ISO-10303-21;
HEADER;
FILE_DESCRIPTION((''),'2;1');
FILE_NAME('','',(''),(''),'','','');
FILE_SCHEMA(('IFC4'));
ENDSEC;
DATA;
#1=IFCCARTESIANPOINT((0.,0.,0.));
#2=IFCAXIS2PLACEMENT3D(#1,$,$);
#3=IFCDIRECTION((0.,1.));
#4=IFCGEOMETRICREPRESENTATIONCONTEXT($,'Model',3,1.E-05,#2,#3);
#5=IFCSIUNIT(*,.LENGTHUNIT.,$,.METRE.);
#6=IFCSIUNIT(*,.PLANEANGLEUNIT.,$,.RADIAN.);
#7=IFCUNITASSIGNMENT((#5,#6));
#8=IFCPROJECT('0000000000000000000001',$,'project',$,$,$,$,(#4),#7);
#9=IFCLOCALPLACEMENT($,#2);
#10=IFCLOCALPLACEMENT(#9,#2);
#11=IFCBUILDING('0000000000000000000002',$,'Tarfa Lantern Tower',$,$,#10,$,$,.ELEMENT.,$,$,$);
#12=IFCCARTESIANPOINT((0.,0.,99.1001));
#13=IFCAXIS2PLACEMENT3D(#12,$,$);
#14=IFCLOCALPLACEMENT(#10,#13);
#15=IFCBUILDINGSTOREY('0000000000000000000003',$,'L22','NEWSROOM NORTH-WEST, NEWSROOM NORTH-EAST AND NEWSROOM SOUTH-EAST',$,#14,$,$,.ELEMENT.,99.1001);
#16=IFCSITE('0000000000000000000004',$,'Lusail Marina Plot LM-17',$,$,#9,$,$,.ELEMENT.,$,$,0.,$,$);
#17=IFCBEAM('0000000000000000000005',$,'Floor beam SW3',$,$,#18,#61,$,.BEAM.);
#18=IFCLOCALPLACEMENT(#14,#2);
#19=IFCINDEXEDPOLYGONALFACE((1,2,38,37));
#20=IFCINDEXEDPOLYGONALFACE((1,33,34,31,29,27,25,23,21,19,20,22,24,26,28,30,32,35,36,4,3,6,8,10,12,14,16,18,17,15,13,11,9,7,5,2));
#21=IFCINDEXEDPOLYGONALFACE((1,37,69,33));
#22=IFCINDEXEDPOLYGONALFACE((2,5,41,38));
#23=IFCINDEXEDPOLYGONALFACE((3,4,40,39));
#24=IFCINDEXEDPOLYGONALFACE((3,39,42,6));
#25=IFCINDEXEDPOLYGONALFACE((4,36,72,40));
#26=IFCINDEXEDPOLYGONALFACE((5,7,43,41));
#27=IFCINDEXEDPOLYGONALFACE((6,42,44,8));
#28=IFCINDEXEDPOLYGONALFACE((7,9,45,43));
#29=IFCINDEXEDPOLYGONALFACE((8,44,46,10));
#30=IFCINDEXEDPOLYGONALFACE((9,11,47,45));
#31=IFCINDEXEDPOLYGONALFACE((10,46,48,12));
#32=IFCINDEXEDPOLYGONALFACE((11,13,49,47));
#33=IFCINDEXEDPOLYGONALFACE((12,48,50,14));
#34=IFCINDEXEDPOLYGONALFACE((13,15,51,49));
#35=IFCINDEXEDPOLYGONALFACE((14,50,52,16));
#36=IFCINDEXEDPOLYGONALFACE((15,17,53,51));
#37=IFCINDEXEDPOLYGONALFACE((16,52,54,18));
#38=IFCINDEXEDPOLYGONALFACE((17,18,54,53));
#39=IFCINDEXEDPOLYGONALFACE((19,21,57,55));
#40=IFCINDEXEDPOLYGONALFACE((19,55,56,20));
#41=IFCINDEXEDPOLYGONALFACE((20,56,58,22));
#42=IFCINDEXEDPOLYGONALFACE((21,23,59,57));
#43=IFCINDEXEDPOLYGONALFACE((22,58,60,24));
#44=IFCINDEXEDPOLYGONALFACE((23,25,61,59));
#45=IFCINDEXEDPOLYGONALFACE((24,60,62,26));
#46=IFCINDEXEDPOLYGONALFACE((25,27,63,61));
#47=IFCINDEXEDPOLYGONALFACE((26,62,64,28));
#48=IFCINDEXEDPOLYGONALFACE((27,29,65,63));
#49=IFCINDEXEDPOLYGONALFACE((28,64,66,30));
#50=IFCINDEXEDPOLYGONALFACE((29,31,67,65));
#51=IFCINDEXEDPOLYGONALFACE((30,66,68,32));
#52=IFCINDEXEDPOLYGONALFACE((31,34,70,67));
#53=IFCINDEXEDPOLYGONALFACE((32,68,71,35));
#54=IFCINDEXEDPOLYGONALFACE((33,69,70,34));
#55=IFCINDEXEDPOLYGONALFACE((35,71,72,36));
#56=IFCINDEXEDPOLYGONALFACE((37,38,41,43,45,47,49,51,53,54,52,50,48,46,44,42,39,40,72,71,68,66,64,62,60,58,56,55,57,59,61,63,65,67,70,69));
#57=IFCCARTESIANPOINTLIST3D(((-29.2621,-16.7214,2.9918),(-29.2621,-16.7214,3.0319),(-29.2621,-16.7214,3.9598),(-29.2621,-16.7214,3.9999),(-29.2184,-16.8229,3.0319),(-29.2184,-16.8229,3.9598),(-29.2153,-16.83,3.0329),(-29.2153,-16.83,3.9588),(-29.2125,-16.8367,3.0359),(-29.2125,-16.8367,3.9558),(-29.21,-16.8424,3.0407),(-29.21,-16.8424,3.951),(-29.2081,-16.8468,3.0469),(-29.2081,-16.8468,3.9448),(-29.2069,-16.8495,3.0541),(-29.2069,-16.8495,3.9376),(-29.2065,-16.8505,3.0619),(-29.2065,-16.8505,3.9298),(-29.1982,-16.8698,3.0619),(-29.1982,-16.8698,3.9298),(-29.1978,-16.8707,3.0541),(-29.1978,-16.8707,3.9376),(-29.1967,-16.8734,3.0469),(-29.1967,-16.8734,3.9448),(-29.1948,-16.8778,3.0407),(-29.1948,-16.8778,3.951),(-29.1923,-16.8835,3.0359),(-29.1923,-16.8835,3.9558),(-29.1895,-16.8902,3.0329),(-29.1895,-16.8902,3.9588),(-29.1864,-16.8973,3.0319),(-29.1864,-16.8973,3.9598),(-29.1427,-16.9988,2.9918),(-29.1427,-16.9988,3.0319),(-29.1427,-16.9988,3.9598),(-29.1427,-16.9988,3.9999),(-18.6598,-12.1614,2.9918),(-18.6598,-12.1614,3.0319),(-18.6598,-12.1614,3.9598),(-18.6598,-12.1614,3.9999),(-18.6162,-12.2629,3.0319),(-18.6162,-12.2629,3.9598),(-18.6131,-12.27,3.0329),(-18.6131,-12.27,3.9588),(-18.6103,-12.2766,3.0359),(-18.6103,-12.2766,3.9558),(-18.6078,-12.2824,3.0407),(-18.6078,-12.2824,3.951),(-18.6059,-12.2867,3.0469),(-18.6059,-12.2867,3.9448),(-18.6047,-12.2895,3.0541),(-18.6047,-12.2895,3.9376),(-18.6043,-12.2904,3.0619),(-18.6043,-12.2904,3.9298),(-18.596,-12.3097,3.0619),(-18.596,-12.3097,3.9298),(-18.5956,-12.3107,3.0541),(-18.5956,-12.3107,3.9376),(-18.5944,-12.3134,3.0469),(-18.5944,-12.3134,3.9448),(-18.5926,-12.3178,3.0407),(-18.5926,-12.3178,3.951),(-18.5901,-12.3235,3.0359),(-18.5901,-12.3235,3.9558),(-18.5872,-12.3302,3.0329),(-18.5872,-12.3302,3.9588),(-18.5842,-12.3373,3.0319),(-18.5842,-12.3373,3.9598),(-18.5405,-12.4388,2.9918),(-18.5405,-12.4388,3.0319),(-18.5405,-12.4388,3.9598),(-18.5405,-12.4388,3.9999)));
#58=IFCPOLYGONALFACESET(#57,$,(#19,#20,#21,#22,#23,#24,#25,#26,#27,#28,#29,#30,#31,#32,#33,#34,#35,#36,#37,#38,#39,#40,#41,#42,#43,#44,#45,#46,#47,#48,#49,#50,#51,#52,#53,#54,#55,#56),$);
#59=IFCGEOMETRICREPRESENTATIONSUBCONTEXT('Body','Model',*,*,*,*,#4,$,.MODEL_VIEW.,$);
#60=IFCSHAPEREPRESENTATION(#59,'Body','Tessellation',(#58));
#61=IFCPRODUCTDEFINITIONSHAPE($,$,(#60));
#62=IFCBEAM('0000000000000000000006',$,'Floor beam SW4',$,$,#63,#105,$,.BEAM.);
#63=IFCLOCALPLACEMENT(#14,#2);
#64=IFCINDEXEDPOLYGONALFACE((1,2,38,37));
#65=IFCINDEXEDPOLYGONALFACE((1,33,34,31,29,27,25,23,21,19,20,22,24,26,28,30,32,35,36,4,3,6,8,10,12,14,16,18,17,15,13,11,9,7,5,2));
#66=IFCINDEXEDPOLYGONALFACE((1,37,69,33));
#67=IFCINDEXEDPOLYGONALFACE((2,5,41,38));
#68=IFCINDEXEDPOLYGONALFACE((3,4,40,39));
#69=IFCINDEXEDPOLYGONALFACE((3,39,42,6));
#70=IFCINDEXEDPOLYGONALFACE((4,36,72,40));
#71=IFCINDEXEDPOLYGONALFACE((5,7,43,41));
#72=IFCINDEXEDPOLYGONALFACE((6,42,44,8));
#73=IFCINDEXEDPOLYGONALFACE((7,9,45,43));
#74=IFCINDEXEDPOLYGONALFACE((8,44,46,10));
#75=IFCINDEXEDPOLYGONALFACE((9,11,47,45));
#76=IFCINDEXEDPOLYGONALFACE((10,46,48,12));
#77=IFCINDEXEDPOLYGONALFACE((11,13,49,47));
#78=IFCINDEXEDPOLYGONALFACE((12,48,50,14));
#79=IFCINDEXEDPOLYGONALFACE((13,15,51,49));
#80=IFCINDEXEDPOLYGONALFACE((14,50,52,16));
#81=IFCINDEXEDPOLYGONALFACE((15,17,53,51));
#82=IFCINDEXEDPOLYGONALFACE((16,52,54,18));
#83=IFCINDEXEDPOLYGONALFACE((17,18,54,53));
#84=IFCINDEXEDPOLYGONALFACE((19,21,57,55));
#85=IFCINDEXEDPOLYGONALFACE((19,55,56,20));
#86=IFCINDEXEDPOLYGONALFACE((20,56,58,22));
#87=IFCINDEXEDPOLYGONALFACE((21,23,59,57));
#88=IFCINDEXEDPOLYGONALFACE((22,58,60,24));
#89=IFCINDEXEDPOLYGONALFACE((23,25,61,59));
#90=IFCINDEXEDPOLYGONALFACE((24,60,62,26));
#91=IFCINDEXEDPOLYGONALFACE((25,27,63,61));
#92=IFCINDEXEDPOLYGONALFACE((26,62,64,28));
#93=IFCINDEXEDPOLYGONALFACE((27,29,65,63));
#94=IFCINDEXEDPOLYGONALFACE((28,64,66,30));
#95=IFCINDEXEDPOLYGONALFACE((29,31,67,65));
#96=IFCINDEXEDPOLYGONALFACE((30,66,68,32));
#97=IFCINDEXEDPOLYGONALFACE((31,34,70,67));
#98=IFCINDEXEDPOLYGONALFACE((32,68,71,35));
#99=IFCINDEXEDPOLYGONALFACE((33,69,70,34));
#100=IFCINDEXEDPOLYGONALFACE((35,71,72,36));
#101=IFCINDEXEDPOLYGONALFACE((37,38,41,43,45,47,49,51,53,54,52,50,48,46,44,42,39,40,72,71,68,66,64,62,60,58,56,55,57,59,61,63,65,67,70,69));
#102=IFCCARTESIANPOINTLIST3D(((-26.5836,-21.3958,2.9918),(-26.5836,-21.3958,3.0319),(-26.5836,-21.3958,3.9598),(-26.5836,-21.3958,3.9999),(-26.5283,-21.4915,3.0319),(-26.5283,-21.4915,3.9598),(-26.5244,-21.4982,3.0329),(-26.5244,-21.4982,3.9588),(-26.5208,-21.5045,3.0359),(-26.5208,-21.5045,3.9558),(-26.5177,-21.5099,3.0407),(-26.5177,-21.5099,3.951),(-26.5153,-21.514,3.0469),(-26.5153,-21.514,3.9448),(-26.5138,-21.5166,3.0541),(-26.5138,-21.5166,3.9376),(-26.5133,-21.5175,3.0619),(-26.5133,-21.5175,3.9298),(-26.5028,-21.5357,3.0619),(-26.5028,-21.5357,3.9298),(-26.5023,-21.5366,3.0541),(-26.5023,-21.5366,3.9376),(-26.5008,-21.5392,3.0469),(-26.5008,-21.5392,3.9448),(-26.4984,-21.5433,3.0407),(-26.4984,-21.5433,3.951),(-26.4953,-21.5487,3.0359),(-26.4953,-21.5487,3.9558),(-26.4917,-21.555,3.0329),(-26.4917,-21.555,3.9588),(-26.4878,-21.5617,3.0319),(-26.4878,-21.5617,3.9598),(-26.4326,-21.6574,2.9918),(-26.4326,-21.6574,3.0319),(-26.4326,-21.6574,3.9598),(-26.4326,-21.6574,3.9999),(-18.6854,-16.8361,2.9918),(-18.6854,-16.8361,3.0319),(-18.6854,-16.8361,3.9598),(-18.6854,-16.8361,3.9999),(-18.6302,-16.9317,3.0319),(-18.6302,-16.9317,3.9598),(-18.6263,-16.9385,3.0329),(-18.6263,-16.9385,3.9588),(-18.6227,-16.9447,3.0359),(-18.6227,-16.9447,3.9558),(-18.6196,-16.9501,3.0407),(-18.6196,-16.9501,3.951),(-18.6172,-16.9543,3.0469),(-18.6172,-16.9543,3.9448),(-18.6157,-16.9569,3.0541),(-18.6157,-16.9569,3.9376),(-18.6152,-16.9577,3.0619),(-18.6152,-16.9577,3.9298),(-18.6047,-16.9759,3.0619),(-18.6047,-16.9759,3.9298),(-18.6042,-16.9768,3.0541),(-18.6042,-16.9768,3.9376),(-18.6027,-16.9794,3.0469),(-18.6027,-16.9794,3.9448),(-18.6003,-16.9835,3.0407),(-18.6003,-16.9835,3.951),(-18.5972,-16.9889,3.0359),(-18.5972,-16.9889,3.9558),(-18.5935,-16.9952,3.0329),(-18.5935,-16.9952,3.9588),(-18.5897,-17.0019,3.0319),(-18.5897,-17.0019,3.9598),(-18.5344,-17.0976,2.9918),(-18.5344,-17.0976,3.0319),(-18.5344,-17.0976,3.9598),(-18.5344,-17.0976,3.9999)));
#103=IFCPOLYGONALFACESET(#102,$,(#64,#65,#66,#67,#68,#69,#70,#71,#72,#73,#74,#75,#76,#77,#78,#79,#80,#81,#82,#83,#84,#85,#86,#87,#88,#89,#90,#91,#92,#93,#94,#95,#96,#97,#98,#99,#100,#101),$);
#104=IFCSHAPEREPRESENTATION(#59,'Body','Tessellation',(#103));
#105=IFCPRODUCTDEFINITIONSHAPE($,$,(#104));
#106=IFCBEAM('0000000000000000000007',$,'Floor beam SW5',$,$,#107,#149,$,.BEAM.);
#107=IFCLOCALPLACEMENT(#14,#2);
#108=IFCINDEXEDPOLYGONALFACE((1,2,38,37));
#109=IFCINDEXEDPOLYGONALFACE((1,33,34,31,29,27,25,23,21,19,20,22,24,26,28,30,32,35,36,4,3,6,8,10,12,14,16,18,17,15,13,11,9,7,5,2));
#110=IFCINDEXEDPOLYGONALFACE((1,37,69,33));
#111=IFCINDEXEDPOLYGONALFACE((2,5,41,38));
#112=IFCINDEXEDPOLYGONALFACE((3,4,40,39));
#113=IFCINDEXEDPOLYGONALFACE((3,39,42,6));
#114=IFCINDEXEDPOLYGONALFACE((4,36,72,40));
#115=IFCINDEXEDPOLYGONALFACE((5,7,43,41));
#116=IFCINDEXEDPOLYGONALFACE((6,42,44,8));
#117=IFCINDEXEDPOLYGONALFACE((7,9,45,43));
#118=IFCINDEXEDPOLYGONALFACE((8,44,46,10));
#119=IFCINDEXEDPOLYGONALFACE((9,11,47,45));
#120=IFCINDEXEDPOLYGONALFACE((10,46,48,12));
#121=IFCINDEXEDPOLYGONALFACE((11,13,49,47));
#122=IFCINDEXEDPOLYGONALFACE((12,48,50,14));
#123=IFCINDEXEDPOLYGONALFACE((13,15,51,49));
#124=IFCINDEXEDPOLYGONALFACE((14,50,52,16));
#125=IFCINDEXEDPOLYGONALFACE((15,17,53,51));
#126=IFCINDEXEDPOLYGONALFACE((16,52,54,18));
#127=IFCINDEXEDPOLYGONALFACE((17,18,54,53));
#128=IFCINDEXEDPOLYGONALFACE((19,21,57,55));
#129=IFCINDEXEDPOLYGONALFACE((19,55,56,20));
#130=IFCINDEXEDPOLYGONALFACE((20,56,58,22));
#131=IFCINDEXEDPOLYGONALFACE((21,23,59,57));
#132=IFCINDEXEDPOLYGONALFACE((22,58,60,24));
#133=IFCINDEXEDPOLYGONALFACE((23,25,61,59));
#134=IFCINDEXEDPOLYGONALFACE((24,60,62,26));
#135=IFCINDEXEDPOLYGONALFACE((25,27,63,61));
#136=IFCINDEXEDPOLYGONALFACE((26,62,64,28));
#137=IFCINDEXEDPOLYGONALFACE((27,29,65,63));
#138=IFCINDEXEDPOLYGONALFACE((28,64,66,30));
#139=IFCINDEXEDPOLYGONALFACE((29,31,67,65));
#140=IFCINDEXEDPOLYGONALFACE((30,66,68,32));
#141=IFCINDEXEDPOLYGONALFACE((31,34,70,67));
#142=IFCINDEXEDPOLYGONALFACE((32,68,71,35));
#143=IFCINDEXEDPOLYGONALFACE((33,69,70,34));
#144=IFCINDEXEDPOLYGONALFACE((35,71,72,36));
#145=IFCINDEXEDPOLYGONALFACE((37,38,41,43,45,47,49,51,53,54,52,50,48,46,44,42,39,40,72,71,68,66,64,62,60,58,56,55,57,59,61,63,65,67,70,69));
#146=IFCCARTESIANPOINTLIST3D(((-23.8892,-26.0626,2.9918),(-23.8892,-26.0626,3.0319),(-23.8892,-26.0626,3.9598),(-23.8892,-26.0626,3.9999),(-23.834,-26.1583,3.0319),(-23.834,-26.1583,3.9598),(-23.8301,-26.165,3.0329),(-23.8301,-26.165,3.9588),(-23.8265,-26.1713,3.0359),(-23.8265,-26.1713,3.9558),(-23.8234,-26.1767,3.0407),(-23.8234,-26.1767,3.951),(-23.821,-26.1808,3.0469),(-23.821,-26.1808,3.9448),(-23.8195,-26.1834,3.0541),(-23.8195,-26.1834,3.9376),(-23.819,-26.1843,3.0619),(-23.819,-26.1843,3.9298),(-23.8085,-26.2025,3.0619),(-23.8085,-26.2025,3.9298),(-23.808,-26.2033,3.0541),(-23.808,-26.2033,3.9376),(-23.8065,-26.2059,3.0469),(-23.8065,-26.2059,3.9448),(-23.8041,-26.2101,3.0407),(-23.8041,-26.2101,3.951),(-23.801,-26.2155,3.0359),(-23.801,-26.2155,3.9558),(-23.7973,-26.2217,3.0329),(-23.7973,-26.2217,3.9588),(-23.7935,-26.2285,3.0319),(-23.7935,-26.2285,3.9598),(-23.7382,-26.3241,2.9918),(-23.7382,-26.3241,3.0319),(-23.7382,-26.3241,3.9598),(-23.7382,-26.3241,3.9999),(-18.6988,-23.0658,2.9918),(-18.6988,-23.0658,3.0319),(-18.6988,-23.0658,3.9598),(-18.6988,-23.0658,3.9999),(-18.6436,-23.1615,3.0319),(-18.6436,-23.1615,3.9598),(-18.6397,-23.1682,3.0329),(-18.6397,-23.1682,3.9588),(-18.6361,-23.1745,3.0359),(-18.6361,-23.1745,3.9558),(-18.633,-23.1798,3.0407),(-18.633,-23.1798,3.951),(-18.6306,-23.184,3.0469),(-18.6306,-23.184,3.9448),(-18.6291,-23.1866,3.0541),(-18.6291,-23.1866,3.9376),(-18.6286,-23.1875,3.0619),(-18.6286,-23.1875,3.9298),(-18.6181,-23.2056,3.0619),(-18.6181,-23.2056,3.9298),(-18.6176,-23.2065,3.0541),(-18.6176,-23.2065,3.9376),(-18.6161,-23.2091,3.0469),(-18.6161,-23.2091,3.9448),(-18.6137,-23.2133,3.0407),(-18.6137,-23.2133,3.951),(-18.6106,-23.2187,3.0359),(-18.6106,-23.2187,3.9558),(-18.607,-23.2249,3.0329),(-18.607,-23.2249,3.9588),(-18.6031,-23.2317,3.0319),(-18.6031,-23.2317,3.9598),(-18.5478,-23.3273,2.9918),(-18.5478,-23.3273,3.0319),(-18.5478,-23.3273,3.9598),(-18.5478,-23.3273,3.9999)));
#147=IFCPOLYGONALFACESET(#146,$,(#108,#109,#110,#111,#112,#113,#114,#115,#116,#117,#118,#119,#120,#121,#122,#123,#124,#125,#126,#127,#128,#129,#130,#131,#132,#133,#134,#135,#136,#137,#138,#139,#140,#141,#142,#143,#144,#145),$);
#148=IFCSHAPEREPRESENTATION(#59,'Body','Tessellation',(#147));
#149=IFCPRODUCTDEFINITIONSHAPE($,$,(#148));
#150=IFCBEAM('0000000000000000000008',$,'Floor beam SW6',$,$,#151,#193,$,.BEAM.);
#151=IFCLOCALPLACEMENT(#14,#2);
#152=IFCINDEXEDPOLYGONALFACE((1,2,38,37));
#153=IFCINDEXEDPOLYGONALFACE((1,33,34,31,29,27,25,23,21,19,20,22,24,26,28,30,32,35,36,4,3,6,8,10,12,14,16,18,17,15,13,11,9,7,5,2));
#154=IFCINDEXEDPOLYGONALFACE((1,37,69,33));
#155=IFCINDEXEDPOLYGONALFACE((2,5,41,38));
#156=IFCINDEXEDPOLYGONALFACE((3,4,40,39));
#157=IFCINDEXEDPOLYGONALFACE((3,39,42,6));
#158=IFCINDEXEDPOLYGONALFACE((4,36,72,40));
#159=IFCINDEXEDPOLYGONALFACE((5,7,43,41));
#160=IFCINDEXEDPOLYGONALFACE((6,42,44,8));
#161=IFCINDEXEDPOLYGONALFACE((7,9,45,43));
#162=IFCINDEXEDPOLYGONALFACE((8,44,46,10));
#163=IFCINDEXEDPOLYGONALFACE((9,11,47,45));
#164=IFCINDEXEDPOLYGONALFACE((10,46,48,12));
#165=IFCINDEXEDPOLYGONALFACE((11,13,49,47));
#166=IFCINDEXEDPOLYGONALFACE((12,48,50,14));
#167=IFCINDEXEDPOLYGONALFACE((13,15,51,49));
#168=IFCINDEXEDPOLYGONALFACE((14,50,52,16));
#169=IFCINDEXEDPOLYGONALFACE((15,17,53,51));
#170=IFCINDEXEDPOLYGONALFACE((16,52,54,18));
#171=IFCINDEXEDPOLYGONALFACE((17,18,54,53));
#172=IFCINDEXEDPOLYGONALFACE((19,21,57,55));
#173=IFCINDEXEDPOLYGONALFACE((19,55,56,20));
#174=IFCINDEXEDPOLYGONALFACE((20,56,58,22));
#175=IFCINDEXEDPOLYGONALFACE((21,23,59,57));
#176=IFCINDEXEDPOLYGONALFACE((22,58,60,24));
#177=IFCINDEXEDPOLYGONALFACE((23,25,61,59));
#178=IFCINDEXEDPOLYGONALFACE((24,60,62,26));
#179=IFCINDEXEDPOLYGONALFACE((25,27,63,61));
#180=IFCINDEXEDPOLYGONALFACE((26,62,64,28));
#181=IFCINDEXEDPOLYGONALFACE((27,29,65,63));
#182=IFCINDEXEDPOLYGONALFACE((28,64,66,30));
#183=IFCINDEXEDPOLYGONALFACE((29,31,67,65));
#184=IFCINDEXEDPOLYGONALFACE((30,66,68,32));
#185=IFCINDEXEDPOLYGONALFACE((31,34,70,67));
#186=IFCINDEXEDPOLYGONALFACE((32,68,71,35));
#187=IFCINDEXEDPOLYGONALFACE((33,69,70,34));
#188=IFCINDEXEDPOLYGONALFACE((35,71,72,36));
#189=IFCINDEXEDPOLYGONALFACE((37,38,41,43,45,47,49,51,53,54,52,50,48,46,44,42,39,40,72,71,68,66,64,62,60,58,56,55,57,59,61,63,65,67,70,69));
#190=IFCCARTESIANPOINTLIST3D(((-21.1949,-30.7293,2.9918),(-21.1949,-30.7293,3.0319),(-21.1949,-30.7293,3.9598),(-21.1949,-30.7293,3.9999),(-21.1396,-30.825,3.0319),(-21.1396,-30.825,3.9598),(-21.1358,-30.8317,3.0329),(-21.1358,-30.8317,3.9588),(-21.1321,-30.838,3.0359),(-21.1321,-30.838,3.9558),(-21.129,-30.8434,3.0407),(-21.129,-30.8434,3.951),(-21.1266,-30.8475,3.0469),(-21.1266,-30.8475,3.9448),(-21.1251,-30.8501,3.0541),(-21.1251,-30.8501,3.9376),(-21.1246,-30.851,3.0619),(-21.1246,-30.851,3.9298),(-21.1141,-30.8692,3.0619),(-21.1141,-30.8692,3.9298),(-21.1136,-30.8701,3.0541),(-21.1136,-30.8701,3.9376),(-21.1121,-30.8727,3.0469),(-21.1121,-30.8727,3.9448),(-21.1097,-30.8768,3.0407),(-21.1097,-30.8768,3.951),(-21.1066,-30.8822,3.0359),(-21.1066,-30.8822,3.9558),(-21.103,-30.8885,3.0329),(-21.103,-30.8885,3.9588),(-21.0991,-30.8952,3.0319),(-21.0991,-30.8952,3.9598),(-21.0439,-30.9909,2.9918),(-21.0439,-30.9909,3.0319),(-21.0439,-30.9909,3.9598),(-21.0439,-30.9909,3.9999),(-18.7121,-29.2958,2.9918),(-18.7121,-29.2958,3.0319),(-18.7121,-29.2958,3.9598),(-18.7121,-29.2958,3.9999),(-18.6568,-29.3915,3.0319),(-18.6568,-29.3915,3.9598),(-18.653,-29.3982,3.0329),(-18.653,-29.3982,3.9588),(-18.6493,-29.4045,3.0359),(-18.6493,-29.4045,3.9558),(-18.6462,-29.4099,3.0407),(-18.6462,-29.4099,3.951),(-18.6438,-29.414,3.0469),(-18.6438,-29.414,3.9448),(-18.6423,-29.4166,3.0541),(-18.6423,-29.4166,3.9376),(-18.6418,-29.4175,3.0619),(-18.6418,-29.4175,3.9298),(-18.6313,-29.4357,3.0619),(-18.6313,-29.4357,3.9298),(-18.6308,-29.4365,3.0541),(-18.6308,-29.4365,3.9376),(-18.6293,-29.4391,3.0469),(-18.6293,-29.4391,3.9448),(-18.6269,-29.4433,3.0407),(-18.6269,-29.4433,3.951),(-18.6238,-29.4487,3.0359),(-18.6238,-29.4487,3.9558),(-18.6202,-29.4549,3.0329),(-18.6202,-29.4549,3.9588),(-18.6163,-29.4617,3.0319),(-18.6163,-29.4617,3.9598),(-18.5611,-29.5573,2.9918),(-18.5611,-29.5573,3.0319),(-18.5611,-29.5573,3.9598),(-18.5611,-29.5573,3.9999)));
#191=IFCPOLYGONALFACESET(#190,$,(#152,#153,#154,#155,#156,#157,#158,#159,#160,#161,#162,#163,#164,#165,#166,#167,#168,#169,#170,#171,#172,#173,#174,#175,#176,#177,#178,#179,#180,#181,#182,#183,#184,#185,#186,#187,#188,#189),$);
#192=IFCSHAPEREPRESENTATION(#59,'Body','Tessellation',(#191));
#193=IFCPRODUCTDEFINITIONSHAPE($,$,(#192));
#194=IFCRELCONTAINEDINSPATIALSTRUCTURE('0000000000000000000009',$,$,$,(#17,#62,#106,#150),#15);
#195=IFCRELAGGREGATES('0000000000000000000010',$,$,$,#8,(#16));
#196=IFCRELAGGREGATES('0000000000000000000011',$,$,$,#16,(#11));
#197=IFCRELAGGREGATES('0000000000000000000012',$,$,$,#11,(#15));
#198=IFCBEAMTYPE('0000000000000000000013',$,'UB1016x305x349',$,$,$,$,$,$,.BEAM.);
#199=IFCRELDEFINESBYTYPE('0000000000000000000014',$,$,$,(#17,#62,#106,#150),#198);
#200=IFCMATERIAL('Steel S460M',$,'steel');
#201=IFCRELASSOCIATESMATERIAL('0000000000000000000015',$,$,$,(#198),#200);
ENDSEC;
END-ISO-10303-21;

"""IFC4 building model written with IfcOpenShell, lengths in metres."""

from ifc_helpers import new_model, si_unit, direction, frame, origin, origin_2d, place, context, subcontext, project, spatial, i_section, extrude, material, material_profile, profile_set, type_object, element, save


model = new_model("IFC4")

# Units and contexts
model_context = context("Model", 3, precision=1e-05, world=origin(), true_north=direction((0.0, 1.0)))
body_context = subcontext(model_context, "Body", "Model", "MODEL_VIEW")
ifc_project = project(units=[si_unit("LENGTHUNIT", "METRE"), si_unit("PLANEANGLEUNIT", "RADIAN")], contexts=[model_context])

# Site, building, storey
site_placement = place(None, origin())
site = spatial("IfcSite", under=ifc_project, at=site_placement, Name="Lusail Marina Plot LM-17", CompositionType="ELEMENT", RefElevation=0.0)
building_placement = place(site_placement, origin())
building = spatial("IfcBuilding", under=site, at=building_placement, Name="Tarfa Lantern Tower", CompositionType="ELEMENT")
storey_placement = place(building_placement, frame((0.0, 0.0, 99.1001)))
storey = spatial("IfcBuildingStorey", under=building, at=storey_placement, Name="L22", Description="NEWSROOM NORTH-WEST, NEWSROOM NORTH-EAST AND NEWSROOM SOUTH-EAST", CompositionType="ELEMENT", Elevation=99.1001)

# Beams
ifc_material_1 = material(Name="Steel S460M", Category="steel")
ifc_material_profile_1 = material_profile(ifc_material_1, i_section(OverallWidth=0.302, OverallDepth=1.0081, WebThickness=0.021, FlangeThickness=0.04, FilletRadius=0.03, at=origin_2d()), Name="UB1016x305x349")
ifc_profile_set_1 = profile_set([ifc_material_profile_1], Name="Steel S460M")
beam_type_1 = type_object("IfcBeamType", Name="UB1016x305x349", PredefinedType="BEAM", material=ifc_profile_set_1)
beam_1_placement = place(storey_placement, frame((-29.2024, -16.8601, 3.4958), z_axis=(0.918635, 0.395106, 0.0), x_axis=(-0.395106, 0.918635, 0.0)))
element("IfcBeam", 1, at=beam_1_placement, inside=storey, type_object=beam_type_1, Name="Floor beam SW3", PredefinedType="BEAM", context=body_context, shape_type="SweptSolid", body=[
    extrude(i_section(OverallWidth=0.302, OverallDepth=1.0081, WebThickness=0.021, FlangeThickness=0.04, FilletRadius=0.03, at=origin_2d()), origin(), (0.0, 0.0, 1.0), 11.5413),
])
beam_2_placement = place(storey_placement, frame((-26.5081, -21.5266, 3.4958), z_axis=(0.866035, 0.499983, 0.0), x_axis=(-0.499983, 0.866035, 0.0)))
element("IfcBeam", 2, at=beam_2_placement, inside=storey, type_object=beam_type_1, Name="Floor beam SW4", PredefinedType="BEAM", context=body_context, shape_type="SweptSolid", body=[
    extrude(i_section(OverallWidth=0.302, OverallDepth=1.0081, WebThickness=0.021, FlangeThickness=0.04, FilletRadius=0.03, at=origin_2d()), origin(), (0.0, 0.0, 1.0), 9.1199),
])
beam_3_placement = place(storey_placement, frame((-23.8137, -26.1934, 3.4958), z_axis=(0.866016, 0.500016, 0.0), x_axis=(-0.500016, 0.866016, 0.0)))
element("IfcBeam", 3, at=beam_3_placement, inside=storey, type_object=beam_type_1, Name="Floor beam SW5", PredefinedType="BEAM", context=body_context, shape_type="SweptSolid", body=[
    extrude(i_section(OverallWidth=0.302, OverallDepth=1.0081, WebThickness=0.021, FlangeThickness=0.04, FilletRadius=0.03, at=origin_2d()), origin(), (0.0, 0.0, 1.0), 5.9934),
])
beam_4_placement = place(storey_placement, frame((-21.1194, -30.8601, 3.4958), z_axis=(0.866013, 0.500022, 0.0), x_axis=(-0.500022, 0.866013, 0.0)))
element("IfcBeam", 4, at=beam_4_placement, inside=storey, type_object=beam_type_1, Name="Floor beam SW6", PredefinedType="BEAM", context=body_context, shape_type="SweptSolid", body=[
    extrude(i_section(OverallWidth=0.302, OverallDepth=1.0081, WebThickness=0.021, FlangeThickness=0.04, FilletRadius=0.03, at=origin_2d()), origin(), (0.0, 0.0, 1.0), 2.8669),
])

save(model, "model.ifc")
